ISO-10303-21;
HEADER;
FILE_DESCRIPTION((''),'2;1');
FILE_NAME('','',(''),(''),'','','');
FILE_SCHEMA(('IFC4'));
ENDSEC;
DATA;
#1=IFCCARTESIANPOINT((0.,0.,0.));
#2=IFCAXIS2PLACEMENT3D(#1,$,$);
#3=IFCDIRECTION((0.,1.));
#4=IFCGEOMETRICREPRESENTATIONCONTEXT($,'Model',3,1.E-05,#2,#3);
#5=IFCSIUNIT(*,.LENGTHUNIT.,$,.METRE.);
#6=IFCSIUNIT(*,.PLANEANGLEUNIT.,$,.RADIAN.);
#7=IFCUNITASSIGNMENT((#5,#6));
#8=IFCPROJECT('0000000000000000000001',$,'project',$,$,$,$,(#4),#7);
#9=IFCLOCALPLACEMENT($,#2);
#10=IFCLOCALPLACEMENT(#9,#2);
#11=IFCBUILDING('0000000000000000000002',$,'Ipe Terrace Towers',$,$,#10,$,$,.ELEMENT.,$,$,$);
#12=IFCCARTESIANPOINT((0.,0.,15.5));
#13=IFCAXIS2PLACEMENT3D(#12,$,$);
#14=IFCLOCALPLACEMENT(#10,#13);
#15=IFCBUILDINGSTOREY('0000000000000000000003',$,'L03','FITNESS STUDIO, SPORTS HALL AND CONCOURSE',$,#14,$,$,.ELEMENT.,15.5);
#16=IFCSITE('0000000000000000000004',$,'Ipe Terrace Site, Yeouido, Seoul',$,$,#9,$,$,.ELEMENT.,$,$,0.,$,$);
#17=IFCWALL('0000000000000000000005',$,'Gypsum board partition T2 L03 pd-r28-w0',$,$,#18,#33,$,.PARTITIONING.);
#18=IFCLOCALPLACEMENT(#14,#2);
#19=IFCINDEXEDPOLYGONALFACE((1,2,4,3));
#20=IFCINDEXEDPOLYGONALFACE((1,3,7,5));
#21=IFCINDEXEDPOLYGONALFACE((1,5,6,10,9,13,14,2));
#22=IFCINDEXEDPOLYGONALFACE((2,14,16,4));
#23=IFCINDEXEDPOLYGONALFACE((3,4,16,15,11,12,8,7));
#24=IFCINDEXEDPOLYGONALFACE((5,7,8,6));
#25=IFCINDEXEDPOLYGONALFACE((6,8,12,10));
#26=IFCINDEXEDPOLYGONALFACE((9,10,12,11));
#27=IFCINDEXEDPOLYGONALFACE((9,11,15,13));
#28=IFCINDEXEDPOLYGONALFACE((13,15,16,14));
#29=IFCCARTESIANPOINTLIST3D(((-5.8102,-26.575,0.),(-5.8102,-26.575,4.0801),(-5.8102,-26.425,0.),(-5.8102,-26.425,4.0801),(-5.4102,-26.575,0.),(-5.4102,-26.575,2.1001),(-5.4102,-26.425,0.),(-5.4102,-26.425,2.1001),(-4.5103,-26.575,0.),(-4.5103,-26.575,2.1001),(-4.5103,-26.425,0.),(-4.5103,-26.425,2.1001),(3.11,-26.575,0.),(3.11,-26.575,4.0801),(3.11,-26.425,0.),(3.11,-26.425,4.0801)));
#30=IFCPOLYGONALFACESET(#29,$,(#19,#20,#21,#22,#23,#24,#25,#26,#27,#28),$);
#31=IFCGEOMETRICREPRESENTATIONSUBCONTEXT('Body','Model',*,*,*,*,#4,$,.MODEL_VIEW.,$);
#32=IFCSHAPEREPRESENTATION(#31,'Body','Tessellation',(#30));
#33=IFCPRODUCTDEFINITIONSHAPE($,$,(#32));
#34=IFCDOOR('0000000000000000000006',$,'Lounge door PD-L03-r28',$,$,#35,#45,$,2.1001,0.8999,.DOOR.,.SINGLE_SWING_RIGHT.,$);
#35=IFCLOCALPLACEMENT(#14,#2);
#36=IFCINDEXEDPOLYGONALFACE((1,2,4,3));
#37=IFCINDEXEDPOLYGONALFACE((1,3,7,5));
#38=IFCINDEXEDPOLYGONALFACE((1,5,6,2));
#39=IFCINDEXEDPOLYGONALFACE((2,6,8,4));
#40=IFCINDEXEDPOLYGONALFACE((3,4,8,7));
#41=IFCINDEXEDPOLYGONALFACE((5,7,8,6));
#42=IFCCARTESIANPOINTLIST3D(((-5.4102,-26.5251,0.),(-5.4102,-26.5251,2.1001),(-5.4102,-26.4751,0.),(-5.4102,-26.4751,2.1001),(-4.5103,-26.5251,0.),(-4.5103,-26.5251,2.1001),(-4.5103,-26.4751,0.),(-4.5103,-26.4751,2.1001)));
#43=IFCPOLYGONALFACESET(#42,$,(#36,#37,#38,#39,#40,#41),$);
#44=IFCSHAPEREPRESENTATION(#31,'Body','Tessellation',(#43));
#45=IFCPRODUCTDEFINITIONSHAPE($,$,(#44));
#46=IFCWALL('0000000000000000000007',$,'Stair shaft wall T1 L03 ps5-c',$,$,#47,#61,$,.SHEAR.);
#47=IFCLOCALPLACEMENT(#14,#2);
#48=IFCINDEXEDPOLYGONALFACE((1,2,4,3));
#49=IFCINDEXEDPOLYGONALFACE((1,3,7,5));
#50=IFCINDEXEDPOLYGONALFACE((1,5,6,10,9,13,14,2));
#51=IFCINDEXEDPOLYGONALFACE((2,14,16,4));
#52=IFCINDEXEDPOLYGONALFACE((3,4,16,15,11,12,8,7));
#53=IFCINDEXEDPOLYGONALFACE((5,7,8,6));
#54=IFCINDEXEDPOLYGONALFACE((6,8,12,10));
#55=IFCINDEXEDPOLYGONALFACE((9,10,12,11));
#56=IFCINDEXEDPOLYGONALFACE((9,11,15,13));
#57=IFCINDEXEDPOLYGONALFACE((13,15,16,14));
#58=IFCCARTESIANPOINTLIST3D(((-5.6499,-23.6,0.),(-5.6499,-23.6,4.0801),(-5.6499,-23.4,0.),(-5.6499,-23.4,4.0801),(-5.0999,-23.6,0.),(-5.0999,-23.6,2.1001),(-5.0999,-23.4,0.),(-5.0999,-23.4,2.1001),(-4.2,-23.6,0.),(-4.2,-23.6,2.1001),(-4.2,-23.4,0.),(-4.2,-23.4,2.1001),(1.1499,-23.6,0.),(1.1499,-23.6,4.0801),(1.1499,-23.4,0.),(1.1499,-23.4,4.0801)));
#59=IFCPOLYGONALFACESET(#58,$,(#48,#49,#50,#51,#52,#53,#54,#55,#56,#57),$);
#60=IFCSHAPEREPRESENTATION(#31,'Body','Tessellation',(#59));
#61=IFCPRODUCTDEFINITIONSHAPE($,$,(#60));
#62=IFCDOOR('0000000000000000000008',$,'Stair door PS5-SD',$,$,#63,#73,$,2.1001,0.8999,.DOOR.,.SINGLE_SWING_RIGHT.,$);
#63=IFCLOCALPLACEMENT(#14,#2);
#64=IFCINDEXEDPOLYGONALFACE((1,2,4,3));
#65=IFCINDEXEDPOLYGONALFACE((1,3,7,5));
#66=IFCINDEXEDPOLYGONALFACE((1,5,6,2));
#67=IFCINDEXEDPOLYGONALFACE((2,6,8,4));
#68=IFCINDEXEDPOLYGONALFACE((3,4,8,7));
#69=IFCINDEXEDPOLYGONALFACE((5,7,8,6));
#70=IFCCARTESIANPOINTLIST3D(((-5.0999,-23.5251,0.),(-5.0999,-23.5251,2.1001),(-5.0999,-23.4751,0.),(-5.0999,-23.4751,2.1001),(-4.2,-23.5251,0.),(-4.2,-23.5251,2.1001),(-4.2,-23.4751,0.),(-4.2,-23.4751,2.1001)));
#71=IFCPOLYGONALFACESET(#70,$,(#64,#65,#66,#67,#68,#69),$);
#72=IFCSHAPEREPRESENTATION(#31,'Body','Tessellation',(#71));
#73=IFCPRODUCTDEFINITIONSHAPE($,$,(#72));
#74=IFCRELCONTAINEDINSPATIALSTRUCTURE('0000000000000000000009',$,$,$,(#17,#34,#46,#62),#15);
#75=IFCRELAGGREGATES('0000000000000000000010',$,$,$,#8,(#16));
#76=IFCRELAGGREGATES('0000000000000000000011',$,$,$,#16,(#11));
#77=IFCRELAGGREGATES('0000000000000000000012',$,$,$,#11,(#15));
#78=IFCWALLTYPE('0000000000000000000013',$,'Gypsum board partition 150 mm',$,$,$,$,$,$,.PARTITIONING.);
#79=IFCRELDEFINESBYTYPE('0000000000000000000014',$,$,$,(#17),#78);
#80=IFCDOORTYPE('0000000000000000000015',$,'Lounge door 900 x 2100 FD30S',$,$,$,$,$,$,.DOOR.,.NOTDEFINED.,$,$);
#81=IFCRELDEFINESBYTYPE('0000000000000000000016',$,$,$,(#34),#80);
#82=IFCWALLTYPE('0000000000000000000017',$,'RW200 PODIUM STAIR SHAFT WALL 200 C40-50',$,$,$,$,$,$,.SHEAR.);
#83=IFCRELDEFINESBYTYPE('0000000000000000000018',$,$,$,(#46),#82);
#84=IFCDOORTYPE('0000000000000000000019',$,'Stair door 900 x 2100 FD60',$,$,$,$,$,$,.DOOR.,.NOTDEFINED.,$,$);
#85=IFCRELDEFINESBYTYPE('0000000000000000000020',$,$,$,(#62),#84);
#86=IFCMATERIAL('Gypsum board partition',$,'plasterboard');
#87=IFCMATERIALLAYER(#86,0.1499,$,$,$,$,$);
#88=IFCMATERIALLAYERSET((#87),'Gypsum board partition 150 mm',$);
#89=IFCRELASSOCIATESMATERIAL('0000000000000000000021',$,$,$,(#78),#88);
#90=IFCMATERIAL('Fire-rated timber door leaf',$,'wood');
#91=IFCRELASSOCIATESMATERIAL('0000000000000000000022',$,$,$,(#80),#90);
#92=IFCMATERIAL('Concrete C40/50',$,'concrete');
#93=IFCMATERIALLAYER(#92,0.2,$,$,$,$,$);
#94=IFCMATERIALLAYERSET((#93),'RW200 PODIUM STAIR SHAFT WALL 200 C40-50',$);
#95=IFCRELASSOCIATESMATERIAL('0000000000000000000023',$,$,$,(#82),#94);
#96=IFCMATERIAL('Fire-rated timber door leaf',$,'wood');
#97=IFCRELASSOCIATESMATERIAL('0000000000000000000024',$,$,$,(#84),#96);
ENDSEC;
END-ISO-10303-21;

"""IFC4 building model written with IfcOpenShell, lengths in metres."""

from ifc_helpers import new_model, si_unit, direction, frame, frame_2d, origin, place, context, subcontext, project, spatial, rectangle, extrude, material, layer, layer_set, type_object, element, fill, save


model = new_model("IFC4")

# Units and contexts
model_context = context("Model", 3, precision=1e-05, world=origin(), true_north=direction((0.0, 1.0)))
body_context = subcontext(model_context, "Body", "Model", "MODEL_VIEW")
ifc_project = project(units=[si_unit("LENGTHUNIT", "METRE"), si_unit("PLANEANGLEUNIT", "RADIAN")], contexts=[model_context])

# Site, building, storey
site_placement = place(None, origin())
site = spatial("IfcSite", under=ifc_project, at=site_placement, Name="Ipe Terrace Site, Yeouido, Seoul", CompositionType="ELEMENT", RefElevation=0.0)
building_placement = place(site_placement, origin())
building = spatial("IfcBuilding", under=site, at=building_placement, Name="Ipe Terrace Towers", CompositionType="ELEMENT")
storey_placement = place(building_placement, frame((0.0, 0.0, 15.5)))
storey = spatial("IfcBuildingStorey", under=building, at=storey_placement, Name="L03", Description="FITNESS STUDIO, SPORTS HALL AND CONCOURSE", CompositionType="ELEMENT", Elevation=15.5)

# Shared definitions
ifc_material_1 = material(Name="Gypsum board partition", Category="plasterboard")
ifc_layer_1 = layer(ifc_material_1, 0.1499)
ifc_layer_set_1 = layer_set([ifc_layer_1], Name="Gypsum board partition 150 mm")
wall_type_1 = type_object("IfcWallType", Name="Gypsum board partition 150 mm", PredefinedType="PARTITIONING", material=ifc_layer_set_1)

# Shared definitions
ifc_material_2 = material(Name="Fire-rated timber door leaf", Category="wood")
door_type_1 = type_object("IfcDoorType", Name="Lounge door 900 x 2100 FD30S", OperationType="NOTDEFINED", PredefinedType="DOOR", material=ifc_material_2)

# Walls, openings, doors
wall_1_placement = place(storey_placement, frame((-5.8101, -26.5, 0.0), z_axis=(0.0, 0.0, 1.0), x_axis=(1.0, 0.0, 0.0)))
wall_1 = element("IfcWall", 1, at=wall_1_placement, inside=storey, type_object=wall_type_1, Name="Gypsum board partition T2 L03 pd-r28-w0", PredefinedType="PARTITIONING", context=body_context, shape_type="SweptSolid", body=[
    extrude(rectangle(XDim=8.9202, YDim=0.1499, at=frame_2d((4.46, 0.0))), origin(), (0.0, 0.0, 1.0), 4.0801),
])
opening_1_placement = place(wall_1_placement, frame((0.3999, 0.0, 0.0)))
opening_1 = element("IfcOpeningElement", 2, at=opening_1_placement, cuts=wall_1, PredefinedType="OPENING", context=body_context, shape_type="SweptSolid", body=[
    extrude(rectangle(XDim=0.8999, YDim=2.1001, at=frame_2d((0.45, 1.05))), frame((0.0, 0.085, 0.0), z_axis=(0.0, -1.0, 0.0), x_axis=(1.0, 0.0, 0.0)), (0.0, 0.0, 1.0), 0.1699),
])
door_1_placement = place(opening_1_placement, origin())
door_1 = element("IfcDoor", 3, at=door_1_placement, inside=storey, type_object=door_type_1, Name="Lounge door PD-L03-r28", OperationType="SINGLE_SWING_RIGHT", OverallHeight=2.1001, OverallWidth=0.8999, PredefinedType="DOOR", context=body_context, shape_type="SweptSolid", body=[
    extrude(rectangle(XDim=0.8999, YDim=2.1001, at=frame_2d((0.45, 1.05))), frame((0.0, 0.0249, 0.0), z_axis=(0.0, -1.0, 0.0), x_axis=(1.0, 0.0, 0.0)), (0.0, 0.0, 1.0), 0.05),
])
fill(opening_1, door_1)
ifc_material_3 = material(Name="Concrete C40/50", Category="concrete")
ifc_layer_2 = layer(ifc_material_3, 0.2)
ifc_layer_set_2 = layer_set([ifc_layer_2], Name="RW200 PODIUM STAIR SHAFT WALL 200 C40-50")
wall_type_2 = type_object("IfcWallType", Name="RW200 PODIUM STAIR SHAFT WALL 200 C40-50", PredefinedType="SHEAR", material=ifc_layer_set_2)
wall_2_placement = place(storey_placement, frame((-5.6499, -23.5, 0.0), z_axis=(0.0, 0.0, 1.0), x_axis=(1.0, 0.0, 0.0)))
wall_2 = element("IfcWall", 4, at=wall_2_placement, inside=storey, type_object=wall_type_2, Name="Stair shaft wall T1 L03 ps5-c", PredefinedType="SHEAR", context=body_context, shape_type="SweptSolid", body=[
    extrude(rectangle(XDim=6.7998, YDim=0.2, at=frame_2d((3.3999, 0.0))), origin(), (0.0, 0.0, 1.0), 4.0801),
])
opening_2_placement = place(wall_2_placement, frame((0.55, 0.0, 0.0)))
opening_2 = element("IfcOpeningElement", 5, at=opening_2_placement, cuts=wall_2, PredefinedType="OPENING", context=body_context, shape_type="SweptSolid", body=[
    extrude(rectangle(XDim=0.8999, YDim=2.1001, at=frame_2d((0.45, 1.05))), frame((0.0, 0.1099, 0.0), z_axis=(0.0, -1.0, 0.0), x_axis=(1.0, 0.0, 0.0)), (0.0, 0.0, 1.0), 0.22),
])
ifc_material_4 = material(Name="Fire-rated timber door leaf", Category="wood")
door_type_2 = type_object("IfcDoorType", Name="Stair door 900 x 2100 FD60", OperationType="NOTDEFINED", PredefinedType="DOOR", material=ifc_material_4)
door_2_placement = place(opening_2_placement, origin())
door_2 = element("IfcDoor", 6, at=door_2_placement, inside=storey, type_object=door_type_2, Name="Stair door PS5-SD", OperationType="SINGLE_SWING_RIGHT", OverallHeight=2.1001, OverallWidth=0.8999, PredefinedType="DOOR", context=body_context, shape_type="SweptSolid", body=[
    extrude(rectangle(XDim=0.8999, YDim=2.1001, at=frame_2d((0.45, 1.05))), frame((0.0, 0.0249, 0.0), z_axis=(0.0, -1.0, 0.0), x_axis=(1.0, 0.0, 0.0)), (0.0, 0.0, 1.0), 0.05),
])
fill(opening_2, door_2)

save(model, "model.ifc")
